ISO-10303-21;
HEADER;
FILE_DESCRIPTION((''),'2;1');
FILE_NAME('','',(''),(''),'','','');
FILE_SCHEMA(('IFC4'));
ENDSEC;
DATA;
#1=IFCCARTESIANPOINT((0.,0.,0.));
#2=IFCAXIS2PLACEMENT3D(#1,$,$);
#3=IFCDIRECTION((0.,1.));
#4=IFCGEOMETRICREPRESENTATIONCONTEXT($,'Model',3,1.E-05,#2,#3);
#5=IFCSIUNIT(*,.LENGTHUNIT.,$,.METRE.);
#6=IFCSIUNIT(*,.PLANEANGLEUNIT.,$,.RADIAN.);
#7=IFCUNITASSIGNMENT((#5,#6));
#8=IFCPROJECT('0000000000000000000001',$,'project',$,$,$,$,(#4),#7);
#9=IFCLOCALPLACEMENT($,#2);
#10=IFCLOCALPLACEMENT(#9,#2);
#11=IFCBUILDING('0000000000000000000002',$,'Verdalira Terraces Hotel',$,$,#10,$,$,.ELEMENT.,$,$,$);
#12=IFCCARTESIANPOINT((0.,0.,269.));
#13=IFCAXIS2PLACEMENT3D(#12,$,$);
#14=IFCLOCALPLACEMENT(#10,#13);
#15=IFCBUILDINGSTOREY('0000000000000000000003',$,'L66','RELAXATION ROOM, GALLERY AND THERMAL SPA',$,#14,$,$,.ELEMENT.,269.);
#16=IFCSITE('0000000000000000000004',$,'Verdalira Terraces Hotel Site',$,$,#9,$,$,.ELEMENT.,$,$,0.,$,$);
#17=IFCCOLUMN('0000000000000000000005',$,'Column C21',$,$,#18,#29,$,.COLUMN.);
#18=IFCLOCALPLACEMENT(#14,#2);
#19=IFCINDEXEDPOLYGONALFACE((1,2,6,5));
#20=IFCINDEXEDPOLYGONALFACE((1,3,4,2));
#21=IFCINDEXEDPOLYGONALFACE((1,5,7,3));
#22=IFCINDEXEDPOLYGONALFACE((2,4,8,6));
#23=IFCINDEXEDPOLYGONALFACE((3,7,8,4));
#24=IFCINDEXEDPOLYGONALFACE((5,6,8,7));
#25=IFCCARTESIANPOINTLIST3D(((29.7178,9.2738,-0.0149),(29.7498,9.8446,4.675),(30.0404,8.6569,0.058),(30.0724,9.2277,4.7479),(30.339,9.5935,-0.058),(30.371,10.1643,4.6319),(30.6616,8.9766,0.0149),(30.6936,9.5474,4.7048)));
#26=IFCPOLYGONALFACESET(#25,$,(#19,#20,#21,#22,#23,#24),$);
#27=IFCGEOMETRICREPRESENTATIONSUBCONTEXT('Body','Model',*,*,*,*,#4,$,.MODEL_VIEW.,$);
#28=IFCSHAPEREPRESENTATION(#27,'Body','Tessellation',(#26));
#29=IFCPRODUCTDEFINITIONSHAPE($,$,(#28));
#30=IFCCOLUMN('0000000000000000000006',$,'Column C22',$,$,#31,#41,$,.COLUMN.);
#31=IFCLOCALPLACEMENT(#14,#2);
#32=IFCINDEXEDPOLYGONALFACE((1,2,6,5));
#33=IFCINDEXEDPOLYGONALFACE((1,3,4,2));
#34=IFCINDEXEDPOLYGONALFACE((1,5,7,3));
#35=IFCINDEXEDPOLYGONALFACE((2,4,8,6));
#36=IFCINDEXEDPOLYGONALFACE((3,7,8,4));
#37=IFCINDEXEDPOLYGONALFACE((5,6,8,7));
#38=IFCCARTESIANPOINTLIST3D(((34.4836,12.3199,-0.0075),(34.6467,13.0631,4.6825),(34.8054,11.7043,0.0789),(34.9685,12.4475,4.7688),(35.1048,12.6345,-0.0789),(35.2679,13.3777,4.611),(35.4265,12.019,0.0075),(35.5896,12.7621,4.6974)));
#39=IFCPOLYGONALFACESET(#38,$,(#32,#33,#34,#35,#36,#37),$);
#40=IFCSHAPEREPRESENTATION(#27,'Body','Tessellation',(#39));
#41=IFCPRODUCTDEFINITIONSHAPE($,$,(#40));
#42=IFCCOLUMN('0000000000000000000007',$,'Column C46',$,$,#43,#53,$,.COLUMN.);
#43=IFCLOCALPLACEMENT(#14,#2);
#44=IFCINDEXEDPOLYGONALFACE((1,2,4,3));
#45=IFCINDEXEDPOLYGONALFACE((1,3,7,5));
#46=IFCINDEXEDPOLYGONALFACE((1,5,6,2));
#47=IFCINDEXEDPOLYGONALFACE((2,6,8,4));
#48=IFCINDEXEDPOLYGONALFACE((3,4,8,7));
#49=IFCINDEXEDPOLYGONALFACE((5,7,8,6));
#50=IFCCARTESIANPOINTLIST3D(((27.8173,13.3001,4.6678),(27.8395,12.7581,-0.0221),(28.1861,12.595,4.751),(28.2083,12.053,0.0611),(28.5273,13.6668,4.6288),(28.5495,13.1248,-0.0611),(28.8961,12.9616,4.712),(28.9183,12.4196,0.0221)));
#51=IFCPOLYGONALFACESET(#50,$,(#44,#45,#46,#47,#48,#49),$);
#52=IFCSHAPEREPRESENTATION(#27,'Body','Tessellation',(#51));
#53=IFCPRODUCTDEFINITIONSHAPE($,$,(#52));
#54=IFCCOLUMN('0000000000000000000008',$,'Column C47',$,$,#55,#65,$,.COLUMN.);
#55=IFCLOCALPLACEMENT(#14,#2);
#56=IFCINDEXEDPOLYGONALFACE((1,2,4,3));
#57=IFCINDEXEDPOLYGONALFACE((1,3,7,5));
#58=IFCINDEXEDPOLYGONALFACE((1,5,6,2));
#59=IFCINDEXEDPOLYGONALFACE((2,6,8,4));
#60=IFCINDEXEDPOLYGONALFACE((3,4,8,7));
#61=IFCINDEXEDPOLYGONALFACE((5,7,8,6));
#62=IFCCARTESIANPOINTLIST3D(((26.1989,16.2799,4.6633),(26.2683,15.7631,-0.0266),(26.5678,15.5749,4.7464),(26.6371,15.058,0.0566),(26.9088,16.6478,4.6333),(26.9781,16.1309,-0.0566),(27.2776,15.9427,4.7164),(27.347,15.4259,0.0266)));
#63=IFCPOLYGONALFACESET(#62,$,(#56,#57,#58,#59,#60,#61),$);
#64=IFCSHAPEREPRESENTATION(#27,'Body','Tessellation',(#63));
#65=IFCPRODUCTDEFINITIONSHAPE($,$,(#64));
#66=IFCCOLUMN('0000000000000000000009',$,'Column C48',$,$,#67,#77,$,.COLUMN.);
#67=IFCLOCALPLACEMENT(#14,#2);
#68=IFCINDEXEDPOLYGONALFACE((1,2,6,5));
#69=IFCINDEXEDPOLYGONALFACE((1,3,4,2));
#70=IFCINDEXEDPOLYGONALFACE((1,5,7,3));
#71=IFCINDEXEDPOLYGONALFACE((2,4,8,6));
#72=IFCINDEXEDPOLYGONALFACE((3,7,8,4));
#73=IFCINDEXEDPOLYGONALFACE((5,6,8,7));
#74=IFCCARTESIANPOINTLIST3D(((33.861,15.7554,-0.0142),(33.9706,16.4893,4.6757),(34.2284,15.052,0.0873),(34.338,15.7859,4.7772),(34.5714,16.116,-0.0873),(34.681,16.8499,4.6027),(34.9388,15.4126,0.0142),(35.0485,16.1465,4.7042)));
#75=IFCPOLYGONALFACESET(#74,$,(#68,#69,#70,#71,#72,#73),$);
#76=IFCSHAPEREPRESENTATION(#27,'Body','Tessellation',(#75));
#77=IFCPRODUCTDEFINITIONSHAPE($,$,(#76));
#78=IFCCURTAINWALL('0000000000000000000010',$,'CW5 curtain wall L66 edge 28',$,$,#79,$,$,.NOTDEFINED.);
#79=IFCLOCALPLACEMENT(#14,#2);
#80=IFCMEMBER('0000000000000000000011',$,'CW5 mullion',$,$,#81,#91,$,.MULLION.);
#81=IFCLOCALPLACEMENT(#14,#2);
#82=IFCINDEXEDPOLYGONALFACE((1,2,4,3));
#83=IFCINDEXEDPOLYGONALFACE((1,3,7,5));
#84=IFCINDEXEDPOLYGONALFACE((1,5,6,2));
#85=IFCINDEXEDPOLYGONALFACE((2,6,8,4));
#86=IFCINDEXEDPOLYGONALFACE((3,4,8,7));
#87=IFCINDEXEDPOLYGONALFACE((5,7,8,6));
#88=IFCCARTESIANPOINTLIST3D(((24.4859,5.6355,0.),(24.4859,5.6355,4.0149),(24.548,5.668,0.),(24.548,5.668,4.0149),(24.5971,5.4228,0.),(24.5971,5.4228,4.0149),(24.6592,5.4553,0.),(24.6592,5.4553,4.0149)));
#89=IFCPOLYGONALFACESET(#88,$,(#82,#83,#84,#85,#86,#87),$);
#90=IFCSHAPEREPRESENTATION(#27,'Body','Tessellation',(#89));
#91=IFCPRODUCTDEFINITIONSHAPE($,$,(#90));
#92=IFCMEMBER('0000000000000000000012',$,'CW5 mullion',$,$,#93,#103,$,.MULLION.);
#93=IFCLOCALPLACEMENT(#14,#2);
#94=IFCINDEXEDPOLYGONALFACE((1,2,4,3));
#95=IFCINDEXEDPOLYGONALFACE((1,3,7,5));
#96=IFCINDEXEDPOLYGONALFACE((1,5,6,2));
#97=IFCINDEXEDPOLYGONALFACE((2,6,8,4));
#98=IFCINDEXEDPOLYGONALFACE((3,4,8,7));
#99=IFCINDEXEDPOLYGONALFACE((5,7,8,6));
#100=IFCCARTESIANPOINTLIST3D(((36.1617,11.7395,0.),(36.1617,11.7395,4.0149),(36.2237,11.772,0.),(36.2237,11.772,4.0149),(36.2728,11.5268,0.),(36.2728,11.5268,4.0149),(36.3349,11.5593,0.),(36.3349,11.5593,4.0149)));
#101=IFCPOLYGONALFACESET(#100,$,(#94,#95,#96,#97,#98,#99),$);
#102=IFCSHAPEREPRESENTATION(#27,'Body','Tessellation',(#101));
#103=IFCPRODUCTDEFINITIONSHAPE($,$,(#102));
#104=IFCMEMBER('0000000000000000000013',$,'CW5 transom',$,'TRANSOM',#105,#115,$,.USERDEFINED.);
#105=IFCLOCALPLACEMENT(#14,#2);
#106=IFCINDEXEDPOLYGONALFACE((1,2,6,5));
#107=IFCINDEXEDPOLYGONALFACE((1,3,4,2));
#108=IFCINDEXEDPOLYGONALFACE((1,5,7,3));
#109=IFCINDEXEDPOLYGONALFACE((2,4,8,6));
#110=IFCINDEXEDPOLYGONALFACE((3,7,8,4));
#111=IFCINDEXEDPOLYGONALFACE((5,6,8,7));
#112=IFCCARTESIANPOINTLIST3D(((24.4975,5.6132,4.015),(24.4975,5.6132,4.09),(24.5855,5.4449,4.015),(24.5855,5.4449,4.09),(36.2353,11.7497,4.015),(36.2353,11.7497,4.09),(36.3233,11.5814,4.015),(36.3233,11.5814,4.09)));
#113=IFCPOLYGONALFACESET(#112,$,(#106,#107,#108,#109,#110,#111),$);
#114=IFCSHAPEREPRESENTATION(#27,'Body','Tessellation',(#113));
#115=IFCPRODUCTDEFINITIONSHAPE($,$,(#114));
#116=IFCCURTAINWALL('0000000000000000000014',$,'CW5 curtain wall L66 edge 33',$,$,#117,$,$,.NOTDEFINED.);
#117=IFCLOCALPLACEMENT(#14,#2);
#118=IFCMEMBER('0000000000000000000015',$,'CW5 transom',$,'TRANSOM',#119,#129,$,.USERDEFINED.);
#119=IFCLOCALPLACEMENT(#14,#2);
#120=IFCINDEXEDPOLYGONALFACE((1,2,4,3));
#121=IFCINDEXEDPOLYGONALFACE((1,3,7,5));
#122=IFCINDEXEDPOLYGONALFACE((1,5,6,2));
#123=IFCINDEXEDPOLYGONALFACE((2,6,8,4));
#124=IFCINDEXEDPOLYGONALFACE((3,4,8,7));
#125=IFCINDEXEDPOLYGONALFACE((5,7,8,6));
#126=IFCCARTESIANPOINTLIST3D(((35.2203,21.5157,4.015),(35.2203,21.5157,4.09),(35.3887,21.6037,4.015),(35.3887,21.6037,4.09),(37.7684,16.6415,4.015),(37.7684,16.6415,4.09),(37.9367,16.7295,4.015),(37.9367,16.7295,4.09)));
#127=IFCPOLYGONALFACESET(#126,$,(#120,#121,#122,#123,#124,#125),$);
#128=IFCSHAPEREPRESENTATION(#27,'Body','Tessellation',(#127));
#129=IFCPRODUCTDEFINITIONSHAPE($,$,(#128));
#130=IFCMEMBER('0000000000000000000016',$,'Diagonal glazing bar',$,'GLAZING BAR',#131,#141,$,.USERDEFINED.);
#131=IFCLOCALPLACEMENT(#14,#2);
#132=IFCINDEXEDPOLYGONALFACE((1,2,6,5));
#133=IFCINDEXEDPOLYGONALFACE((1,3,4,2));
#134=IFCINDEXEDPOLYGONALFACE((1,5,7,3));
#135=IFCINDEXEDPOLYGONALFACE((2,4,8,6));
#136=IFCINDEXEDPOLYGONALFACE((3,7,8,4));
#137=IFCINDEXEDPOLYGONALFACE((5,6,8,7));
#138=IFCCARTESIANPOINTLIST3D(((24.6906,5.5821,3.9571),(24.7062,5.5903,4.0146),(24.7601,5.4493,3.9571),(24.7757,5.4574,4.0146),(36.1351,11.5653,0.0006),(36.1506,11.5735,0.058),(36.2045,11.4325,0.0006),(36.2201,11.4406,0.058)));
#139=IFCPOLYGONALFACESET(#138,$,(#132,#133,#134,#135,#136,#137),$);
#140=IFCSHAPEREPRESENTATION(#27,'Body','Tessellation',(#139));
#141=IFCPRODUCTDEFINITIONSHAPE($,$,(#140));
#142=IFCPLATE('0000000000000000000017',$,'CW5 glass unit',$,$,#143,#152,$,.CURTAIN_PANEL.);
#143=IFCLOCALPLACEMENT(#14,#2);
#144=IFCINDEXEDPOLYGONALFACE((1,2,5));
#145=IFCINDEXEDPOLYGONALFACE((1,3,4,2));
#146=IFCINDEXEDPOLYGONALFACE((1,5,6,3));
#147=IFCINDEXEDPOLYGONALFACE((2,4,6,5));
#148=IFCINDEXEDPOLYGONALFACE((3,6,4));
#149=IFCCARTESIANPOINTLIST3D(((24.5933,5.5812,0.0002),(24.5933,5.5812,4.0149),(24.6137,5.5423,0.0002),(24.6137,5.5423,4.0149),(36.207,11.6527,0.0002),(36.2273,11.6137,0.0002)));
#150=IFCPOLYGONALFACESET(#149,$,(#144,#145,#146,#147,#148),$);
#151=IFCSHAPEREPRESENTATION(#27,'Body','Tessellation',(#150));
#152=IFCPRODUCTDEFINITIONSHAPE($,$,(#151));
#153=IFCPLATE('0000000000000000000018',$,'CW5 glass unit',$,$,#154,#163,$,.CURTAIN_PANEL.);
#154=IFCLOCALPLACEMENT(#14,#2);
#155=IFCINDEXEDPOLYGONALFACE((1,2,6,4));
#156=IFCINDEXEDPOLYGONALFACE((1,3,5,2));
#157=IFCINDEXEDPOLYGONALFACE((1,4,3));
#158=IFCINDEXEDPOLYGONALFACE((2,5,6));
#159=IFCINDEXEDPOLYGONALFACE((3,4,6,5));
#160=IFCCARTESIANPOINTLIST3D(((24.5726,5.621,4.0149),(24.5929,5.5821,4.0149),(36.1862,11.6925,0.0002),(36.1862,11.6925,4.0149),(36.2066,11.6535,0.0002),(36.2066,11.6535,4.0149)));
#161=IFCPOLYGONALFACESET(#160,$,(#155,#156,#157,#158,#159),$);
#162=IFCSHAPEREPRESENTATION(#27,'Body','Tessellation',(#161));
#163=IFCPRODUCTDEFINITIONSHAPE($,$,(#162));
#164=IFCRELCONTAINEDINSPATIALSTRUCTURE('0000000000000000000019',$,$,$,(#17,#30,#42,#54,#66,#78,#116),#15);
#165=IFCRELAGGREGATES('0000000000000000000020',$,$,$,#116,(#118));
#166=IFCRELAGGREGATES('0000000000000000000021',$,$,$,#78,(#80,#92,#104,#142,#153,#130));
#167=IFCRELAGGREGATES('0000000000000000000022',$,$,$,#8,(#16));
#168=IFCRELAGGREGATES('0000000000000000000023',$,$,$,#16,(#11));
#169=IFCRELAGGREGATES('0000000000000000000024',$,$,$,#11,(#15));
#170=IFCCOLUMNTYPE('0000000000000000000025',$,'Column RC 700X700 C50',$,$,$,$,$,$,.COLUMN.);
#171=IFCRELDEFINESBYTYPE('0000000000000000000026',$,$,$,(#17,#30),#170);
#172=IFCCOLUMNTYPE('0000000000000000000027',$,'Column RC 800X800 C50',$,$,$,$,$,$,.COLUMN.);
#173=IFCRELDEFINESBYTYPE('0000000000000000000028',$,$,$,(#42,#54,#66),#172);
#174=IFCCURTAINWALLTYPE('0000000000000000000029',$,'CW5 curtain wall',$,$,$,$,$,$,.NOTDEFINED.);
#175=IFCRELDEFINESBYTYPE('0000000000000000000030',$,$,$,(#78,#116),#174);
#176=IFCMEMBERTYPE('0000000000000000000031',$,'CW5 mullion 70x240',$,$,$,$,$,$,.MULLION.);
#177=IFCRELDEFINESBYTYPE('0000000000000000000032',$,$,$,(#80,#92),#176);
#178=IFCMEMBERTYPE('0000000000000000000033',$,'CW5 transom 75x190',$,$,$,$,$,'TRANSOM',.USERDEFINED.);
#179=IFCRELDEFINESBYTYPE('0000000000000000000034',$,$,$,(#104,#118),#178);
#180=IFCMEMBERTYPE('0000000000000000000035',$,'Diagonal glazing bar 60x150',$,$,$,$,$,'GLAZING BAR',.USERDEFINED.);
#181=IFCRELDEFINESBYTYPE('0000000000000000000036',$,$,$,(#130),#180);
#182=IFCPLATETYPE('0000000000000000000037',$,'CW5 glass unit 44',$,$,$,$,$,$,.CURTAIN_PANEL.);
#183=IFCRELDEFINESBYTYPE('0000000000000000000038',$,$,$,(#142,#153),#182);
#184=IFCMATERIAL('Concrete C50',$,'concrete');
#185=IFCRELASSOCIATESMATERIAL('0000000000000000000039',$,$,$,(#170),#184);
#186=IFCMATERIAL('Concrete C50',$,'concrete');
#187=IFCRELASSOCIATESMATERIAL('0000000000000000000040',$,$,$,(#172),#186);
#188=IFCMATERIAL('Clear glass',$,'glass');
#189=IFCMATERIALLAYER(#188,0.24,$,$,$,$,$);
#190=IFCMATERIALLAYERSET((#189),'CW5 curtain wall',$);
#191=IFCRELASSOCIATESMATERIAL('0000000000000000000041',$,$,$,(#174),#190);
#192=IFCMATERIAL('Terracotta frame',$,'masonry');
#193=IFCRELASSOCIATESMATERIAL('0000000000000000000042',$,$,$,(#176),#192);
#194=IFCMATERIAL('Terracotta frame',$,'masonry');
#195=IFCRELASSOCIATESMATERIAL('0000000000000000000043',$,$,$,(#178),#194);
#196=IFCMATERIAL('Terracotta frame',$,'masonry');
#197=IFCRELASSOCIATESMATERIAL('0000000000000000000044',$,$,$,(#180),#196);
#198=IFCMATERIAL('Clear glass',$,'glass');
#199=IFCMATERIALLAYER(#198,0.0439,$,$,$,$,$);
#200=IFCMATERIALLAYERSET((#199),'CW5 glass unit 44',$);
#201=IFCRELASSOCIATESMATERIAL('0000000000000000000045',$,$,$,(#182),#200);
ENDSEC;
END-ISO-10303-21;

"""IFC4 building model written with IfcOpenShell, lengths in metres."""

from ifc_helpers import new_model, si_unit, direction, frame, origin, origin_2d, place, context, subcontext, project, spatial, polyline, rectangle, outline, extrude, material, layer, layer_set, material_profile, profile_set, type_object, element, aggregate, save


model = new_model("IFC4")

# Units and contexts
model_context = context("Model", 3, precision=1e-05, world=origin(), true_north=direction((0.0, 1.0)))
body_context = subcontext(model_context, "Body", "Model", "MODEL_VIEW")
ifc_project = project(units=[si_unit("LENGTHUNIT", "METRE"), si_unit("PLANEANGLEUNIT", "RADIAN")], contexts=[model_context])

# Site, building, storey
site_placement = place(None, origin())
site = spatial("IfcSite", under=ifc_project, at=site_placement, Name="Verdalira Terraces Hotel Site", CompositionType="ELEMENT", RefElevation=0.0)
building_placement = place(site_placement, origin())
building = spatial("IfcBuilding", under=site, at=building_placement, Name="Verdalira Terraces Hotel", CompositionType="ELEMENT")
storey_placement = place(building_placement, frame((0.0, 0.0, 269.0)))
storey = spatial("IfcBuildingStorey", under=building, at=storey_placement, Name="L66", Description="RELAXATION ROOM, GALLERY AND THERMAL SPA", CompositionType="ELEMENT", Elevation=269.0)

# Columns
ifc_material_1 = material(Name="Concrete C50", Category="concrete")
ifc_material_profile_1 = material_profile(ifc_material_1, rectangle(XDim=0.7, YDim=0.7, at=origin_2d()), Name="RC 700X700")
ifc_profile_set_1 = profile_set([ifc_material_profile_1], Name="Concrete C50")
column_type_1 = type_object("IfcColumnType", Name="Column RC 700X700 C50", PredefinedType="COLUMN", material=ifc_profile_set_1)
column_1_placement = place(storey_placement, frame((30.1897, 9.1252, 0.0), z_axis=(0.006769, 0.120813, 0.992652), x_axis=(0.887452, 0.45676, -0.061643)))
element("IfcColumn", 1, at=column_1_placement, inside=storey, type_object=column_type_1, Name="Column C21", PredefinedType="COLUMN", context=body_context, shape_type="SweptSolid", body=[
    extrude(rectangle(XDim=0.7, YDim=0.7, at=origin_2d()), origin(), (0.0, 0.0, 1.0), 4.7246),
])
column_2_placement = place(storey_placement, frame((34.9551, 12.1694, 0.0), z_axis=(0.034325, 0.156414, 0.987095), x_axis=(0.887425, 0.449505, -0.102087)))
element("IfcColumn", 2, at=column_2_placement, inside=storey, type_object=column_type_1, Name="Column C22", PredefinedType="COLUMN", context=body_context, shape_type="SweptSolid", body=[
    extrude(rectangle(XDim=0.7, YDim=0.7, at=origin_2d()), origin(), (0.0, 0.0, 1.0), 4.7512),
])
ifc_material_2 = material(Name="Concrete C50", Category="concrete")
ifc_material_profile_2 = material_profile(ifc_material_2, rectangle(XDim=0.8, YDim=0.8, at=origin_2d()), Name="RC 800X800")
ifc_profile_set_2 = profile_set([ifc_material_profile_2], Name="Concrete C50")
column_type_2 = type_object("IfcColumnType", Name="Column RC 800X800 C50", PredefinedType="COLUMN", material=ifc_profile_set_2)
column_3_placement = place(storey_placement, frame((28.3789, 12.5889, 0.0), z_axis=(-0.004706, 0.114799, 0.993378), x_axis=(0.887451, 0.458316, -0.048761)))
element("IfcColumn", 3, at=column_3_placement, inside=storey, type_object=column_type_2, Name="Column C46", PredefinedType="COLUMN", context=body_context, shape_type="SweptSolid", body=[
    extrude(rectangle(XDim=0.8, YDim=0.8, at=origin_2d()), origin(), (0.0, 0.0, 1.0), 4.7212),
])
column_4_placement = place(storey_placement, frame((26.8076, 15.5945, 0.0), z_axis=(-0.014693, 0.109528, 0.993875), x_axis=(0.887253, 0.459753, -0.037549)))
element("IfcColumn", 4, at=column_4_placement, inside=storey, type_object=column_type_2, Name="Column C47", PredefinedType="COLUMN", context=body_context, shape_type="SweptSolid", body=[
    extrude(rectangle(XDim=0.8, YDim=0.8, at=origin_2d()), origin(), (0.0, 0.0, 1.0), 4.7188),
])
column_5_placement = place(storey_placement, frame((34.3999, 15.584, 0.0), z_axis=(0.023086, 0.154558, 0.987714), x_axis=(0.887983, 0.450726, -0.091285)))
element("IfcColumn", 5, at=column_5_placement, inside=storey, type_object=column_type_2, Name="Column C48", PredefinedType="COLUMN", context=body_context, shape_type="SweptSolid", body=[
    extrude(rectangle(XDim=0.8, YDim=0.8, at=origin_2d()), origin(), (0.0, 0.0, 1.0), 4.7483),
])

# Curtain wall, members
ifc_material_3 = material(Name="Clear glass", Category="glass")
ifc_layer_1 = layer(ifc_material_3, 0.24)
ifc_layer_set_1 = layer_set([ifc_layer_1], Name="CW5 curtain wall")
curtain_wall_type = type_object("IfcCurtainWallType", Name="CW5 curtain wall", PredefinedType="NOTDEFINED", material=ifc_layer_set_1)
curtain_wall_1_placement = place(storey_placement, origin())
curtain_wall_1 = element("IfcCurtainWall", 6, at=curtain_wall_1_placement, inside=storey, type_object=curtain_wall_type, Name="CW5 curtain wall L66 edge 28", PredefinedType="NOTDEFINED")
ifc_material_4 = material(Name="Terracotta frame", Category="masonry")
ifc_material_profile_3 = material_profile(ifc_material_4, rectangle(XDim=0.0701, YDim=0.24, at=origin_2d()), Name="MU 70x240")
ifc_profile_set_3 = profile_set([ifc_material_profile_3], Name="Terracotta frame")
member_type_1 = type_object("IfcMemberType", Name="CW5 mullion 70x240", PredefinedType="MULLION", material=ifc_profile_set_3)
member_1_placement = place(storey_placement, frame((24.5725, 5.5454, 0.0), z_axis=(0.0, 0.0, 1.0), x_axis=(0.886204, 0.463296, 0.0)))
member_1 = element("IfcMember", 7, at=member_1_placement, type_object=member_type_1, Name="CW5 mullion", PredefinedType="MULLION", context=body_context, shape_type="SweptSolid", body=[
    extrude(rectangle(XDim=0.0701, YDim=0.24, at=origin_2d()), origin(), (0.0, 0.0, 1.0), 4.0149),
])
member_2_placement = place(storey_placement, frame((36.2483, 11.6494, 0.0), z_axis=(0.0, 0.0, 1.0), x_axis=(0.886204, 0.463296, 0.0)))
member_2 = element("IfcMember", 8, at=member_2_placement, type_object=member_type_1, Name="CW5 mullion", PredefinedType="MULLION", context=body_context, shape_type="SweptSolid", body=[
    extrude(rectangle(XDim=0.0701, YDim=0.24, at=origin_2d()), origin(), (0.0, 0.0, 1.0), 4.0149),
])
ifc_material_5 = material(Name="Terracotta frame", Category="masonry")
ifc_material_profile_4 = material_profile(ifc_material_5, rectangle(XDim=0.1899, YDim=0.075, at=origin_2d()), Name="TR 75x190")
ifc_profile_set_4 = profile_set([ifc_material_profile_4], Name="Terracotta frame")
member_type_2 = type_object("IfcMemberType", Name="CW5 transom 75x190", ElementType="TRANSOM", PredefinedType="USERDEFINED", material=ifc_profile_set_4)
member_3_placement = place(storey_placement, frame((24.5415, 5.5291, 4.0525), z_axis=(0.8862, 0.463302, 0.0), x_axis=(-0.463302, 0.8862, 0.0)))
member_3 = element("IfcMember", 9, at=member_3_placement, type_object=member_type_2, Name="CW5 transom", ObjectType="TRANSOM", PredefinedType="USERDEFINED", context=body_context, shape_type="SweptSolid", body=[
    extrude(rectangle(XDim=0.1899, YDim=0.075, at=origin_2d()), origin(), (0.0, 0.0, 1.0), 13.2451),
])

# Curtain wall, member
curtain_wall_2_placement = place(storey_placement, origin())
curtain_wall_2 = element("IfcCurtainWall", 10, at=curtain_wall_2_placement, inside=storey, type_object=curtain_wall_type, Name="CW5 curtain wall L66 edge 33", PredefinedType="NOTDEFINED")
member_4_placement = place(storey_placement, frame((37.8525, 16.6855, 4.0525), z_axis=(-0.46328, 0.886212, 0.0), x_axis=(-0.886212, -0.46328, 0.0)))
member_4 = element("IfcMember", 11, at=member_4_placement, type_object=member_type_2, Name="CW5 transom", ObjectType="TRANSOM", PredefinedType="USERDEFINED", context=body_context, shape_type="SweptSolid", body=[
    extrude(rectangle(XDim=0.1899, YDim=0.075, at=origin_2d()), origin(), (0.0, 0.0, 1.0), 5.5),
])
aggregate(curtain_wall_2, [member_4])

# Member
ifc_material_6 = material(Name="Terracotta frame", Category="masonry")
ifc_material_profile_5 = material_profile(ifc_material_6, rectangle(XDim=0.1499, YDim=0.0601, at=origin_2d()), Name="GB 60x150")
ifc_profile_set_5 = profile_set([ifc_material_profile_5], Name="Terracotta frame")
member_type_3 = type_object("IfcMemberType", Name="Diagonal glazing bar 60x150", ElementType="GLAZING BAR", PredefinedType="USERDEFINED", material=ifc_profile_set_5)
member_5_placement = place(storey_placement, frame((24.7332, 5.5198, 3.9858), z_axis=(0.847321, 0.442984, -0.292936), x_axis=(-0.463308, 0.886197, 0.0)))
member_5 = element("IfcMember", 12, at=member_5_placement, type_object=member_type_3, Name="Diagonal glazing bar", ObjectType="GLAZING BAR", PredefinedType="USERDEFINED", context=body_context, shape_type="SweptSolid", body=[
    extrude(rectangle(XDim=0.1499, YDim=0.0601, at=origin_2d()), origin(), (0.0, 0.0, 1.0), 13.5066),
])

# Plates
ifc_material_7 = material(Name="Clear glass", Category="glass")
ifc_layer_2 = layer(ifc_material_7, 0.0439)
ifc_layer_set_2 = layer_set([ifc_layer_2], Name="CW5 glass unit 44")
plate_type = type_object("IfcPlateType", Name="CW5 glass unit 44", PredefinedType="CURTAIN_PANEL", material=ifc_layer_set_2)
plate_1_placement = place(storey_placement, frame((30.4001, 8.6169, 2.0076), z_axis=(0.463296, -0.886204, 0.0), x_axis=(0.886204, 0.463296, 0.0)))
plate_1 = element("IfcPlate", 13, at=plate_1_placement, type_object=plate_type, Name="CW5 glass unit", PredefinedType="CURTAIN_PANEL", context=body_context, shape_type="SweptSolid", body=[
    extrude(outline(polyline([(-6.5525, -2.0073), (6.5525, -2.0073), (-6.5525, 2.0073), (-6.5525, -2.0073)])), origin(), (0.0, 0.0, 1.0), 0.0439),
])
plate_2_placement = place(storey_placement, frame((30.3794, 8.6567, 2.0076), z_axis=(0.463296, -0.886204, 0.0), x_axis=(0.886204, 0.463296, 0.0)))
plate_2 = element("IfcPlate", 14, at=plate_2_placement, type_object=plate_type, Name="CW5 glass unit", PredefinedType="CURTAIN_PANEL", context=body_context, shape_type="SweptSolid", body=[
    extrude(outline(polyline([(6.5525, -2.0073), (6.5525, 2.0073), (-6.5525, 2.0073), (6.5525, -2.0073)])), origin(), (0.0, 0.0, 1.0), 0.0439),
])
aggregate(curtain_wall_1, [member_1, member_2, member_3, plate_1, plate_2, member_5])

save(model, "model.ifc")
